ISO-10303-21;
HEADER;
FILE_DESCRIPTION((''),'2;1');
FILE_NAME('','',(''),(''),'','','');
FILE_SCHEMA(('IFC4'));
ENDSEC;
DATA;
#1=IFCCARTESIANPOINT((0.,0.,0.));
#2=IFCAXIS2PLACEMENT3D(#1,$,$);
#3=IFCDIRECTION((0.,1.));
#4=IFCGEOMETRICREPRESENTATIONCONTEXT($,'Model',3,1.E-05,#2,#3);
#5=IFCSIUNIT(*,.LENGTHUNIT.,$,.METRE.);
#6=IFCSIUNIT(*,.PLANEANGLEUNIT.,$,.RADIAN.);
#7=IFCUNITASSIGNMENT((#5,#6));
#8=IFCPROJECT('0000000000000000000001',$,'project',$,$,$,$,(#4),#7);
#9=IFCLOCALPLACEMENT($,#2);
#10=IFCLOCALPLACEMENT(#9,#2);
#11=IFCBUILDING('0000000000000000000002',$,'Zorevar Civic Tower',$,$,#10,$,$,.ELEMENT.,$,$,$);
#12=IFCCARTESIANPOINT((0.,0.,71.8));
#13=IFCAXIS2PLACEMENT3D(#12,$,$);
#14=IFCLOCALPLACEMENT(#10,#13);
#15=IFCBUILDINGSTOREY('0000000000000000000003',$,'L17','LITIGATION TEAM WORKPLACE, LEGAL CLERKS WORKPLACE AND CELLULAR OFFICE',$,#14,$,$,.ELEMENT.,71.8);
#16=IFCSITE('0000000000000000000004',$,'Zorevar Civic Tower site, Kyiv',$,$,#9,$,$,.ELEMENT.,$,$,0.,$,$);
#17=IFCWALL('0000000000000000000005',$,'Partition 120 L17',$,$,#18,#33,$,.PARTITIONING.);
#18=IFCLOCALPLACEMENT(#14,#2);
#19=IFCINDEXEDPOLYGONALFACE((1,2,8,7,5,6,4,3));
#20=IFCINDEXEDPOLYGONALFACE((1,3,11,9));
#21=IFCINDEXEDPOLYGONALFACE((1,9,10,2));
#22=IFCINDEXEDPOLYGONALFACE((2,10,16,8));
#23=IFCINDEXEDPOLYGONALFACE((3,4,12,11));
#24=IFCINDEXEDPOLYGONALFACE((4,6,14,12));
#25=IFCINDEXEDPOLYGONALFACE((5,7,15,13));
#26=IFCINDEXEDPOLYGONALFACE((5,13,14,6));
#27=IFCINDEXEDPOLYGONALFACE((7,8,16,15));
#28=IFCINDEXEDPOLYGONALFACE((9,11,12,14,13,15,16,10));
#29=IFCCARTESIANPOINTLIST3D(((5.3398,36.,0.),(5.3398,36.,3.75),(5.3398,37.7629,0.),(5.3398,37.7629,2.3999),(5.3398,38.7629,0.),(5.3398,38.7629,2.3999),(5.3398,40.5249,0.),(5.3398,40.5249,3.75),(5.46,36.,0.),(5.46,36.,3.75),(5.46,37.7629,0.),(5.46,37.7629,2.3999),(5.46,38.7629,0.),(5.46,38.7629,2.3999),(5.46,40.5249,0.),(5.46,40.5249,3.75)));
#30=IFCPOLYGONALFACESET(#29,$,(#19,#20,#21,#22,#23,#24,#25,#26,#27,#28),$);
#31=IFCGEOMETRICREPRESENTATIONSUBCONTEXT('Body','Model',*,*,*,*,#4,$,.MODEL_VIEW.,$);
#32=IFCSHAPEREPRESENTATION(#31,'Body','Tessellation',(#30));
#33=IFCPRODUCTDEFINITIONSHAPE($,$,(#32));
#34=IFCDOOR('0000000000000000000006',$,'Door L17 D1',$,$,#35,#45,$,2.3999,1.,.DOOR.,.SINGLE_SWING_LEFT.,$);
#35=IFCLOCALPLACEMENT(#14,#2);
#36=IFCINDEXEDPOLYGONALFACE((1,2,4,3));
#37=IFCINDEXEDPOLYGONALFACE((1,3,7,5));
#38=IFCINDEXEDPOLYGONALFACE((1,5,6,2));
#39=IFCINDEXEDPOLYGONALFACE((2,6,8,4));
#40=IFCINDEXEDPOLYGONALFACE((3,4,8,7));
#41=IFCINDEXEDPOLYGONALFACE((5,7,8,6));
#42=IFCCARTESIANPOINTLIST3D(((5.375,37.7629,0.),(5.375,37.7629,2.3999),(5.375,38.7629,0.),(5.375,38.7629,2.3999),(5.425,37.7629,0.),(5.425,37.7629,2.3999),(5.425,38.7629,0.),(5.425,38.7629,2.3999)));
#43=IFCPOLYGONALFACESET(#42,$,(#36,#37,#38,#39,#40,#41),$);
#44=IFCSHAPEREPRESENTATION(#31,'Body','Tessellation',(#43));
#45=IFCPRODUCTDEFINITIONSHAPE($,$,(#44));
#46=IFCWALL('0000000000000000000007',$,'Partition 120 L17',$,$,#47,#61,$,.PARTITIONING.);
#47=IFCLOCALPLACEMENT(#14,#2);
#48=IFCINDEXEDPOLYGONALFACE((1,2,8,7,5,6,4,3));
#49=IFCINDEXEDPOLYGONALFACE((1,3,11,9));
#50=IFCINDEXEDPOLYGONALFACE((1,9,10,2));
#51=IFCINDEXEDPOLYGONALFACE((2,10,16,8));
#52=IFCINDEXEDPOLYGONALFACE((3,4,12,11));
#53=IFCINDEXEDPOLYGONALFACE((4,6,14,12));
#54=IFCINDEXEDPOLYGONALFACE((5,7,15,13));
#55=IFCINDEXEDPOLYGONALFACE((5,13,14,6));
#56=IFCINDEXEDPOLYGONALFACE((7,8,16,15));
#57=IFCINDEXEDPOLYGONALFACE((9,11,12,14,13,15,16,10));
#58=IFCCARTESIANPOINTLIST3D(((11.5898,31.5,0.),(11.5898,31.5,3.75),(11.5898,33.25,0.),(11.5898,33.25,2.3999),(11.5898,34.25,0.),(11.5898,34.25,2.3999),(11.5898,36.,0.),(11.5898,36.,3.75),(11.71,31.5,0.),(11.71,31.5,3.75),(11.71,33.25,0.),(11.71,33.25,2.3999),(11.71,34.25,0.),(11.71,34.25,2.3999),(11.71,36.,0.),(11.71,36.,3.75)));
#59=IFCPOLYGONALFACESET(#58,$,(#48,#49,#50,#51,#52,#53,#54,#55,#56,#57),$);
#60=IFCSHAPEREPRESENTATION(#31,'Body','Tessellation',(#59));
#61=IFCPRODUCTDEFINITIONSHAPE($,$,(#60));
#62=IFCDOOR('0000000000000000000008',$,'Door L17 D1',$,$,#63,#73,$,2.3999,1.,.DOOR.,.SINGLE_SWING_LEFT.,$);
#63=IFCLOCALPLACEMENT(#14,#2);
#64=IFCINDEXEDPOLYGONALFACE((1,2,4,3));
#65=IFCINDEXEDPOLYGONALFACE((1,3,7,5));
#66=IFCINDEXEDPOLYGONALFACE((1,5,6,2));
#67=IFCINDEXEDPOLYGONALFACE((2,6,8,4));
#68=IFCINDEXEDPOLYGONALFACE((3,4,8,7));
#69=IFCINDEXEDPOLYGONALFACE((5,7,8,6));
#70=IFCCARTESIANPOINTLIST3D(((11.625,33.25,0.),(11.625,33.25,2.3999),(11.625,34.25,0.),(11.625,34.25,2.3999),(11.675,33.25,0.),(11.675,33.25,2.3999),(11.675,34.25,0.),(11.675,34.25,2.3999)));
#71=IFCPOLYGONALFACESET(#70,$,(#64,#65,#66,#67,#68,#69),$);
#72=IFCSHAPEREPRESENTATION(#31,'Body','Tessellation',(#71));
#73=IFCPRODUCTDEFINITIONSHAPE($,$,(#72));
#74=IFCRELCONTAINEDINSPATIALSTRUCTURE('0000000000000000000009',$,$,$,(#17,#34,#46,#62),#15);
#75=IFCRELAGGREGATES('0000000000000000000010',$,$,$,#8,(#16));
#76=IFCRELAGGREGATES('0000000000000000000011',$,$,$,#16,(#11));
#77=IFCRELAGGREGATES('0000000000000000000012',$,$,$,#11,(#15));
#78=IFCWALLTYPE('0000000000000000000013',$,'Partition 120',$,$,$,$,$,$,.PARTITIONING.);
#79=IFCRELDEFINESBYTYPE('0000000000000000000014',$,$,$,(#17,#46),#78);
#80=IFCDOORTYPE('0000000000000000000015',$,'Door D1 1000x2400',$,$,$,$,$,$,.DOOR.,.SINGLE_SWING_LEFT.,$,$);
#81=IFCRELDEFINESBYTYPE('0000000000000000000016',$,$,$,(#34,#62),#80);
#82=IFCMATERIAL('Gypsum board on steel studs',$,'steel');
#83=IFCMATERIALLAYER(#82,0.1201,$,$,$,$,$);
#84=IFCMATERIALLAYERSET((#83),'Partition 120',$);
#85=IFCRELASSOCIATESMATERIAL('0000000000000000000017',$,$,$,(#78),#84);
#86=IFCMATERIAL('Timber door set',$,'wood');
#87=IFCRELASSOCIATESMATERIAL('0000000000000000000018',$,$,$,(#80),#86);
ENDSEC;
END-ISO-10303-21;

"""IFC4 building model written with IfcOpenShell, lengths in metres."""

from ifc_helpers import new_model, si_unit, direction, frame, frame_2d, origin, place, context, subcontext, project, spatial, rectangle, extrude, material, layer, layer_set, type_object, element, fill, save


model = new_model("IFC4")

# Units and contexts
model_context = context("Model", 3, precision=1e-05, world=origin(), true_north=direction((0.0, 1.0)))
body_context = subcontext(model_context, "Body", "Model", "MODEL_VIEW")
ifc_project = project(units=[si_unit("LENGTHUNIT", "METRE"), si_unit("PLANEANGLEUNIT", "RADIAN")], contexts=[model_context])

# Site, building, storey
site_placement = place(None, origin())
site = spatial("IfcSite", under=ifc_project, at=site_placement, Name="Zorevar Civic Tower site, Kyiv", CompositionType="ELEMENT", RefElevation=0.0)
building_placement = place(site_placement, origin())
building = spatial("IfcBuilding", under=site, at=building_placement, Name="Zorevar Civic Tower", CompositionType="ELEMENT")
storey_placement = place(building_placement, frame((0.0, 0.0, 71.8)))
storey = spatial("IfcBuildingStorey", under=building, at=storey_placement, Name="L17", Description="LITIGATION TEAM WORKPLACE, LEGAL CLERKS WORKPLACE AND CELLULAR OFFICE", CompositionType="ELEMENT", Elevation=71.8)

# Shared definitions
ifc_material_1 = material(Name="Gypsum board on steel studs", Category="steel")
ifc_layer_1 = layer(ifc_material_1, 0.1201)
ifc_layer_set_1 = layer_set([ifc_layer_1], Name="Partition 120")
wall_type_1 = type_object("IfcWallType", Name="Partition 120", PredefinedType="PARTITIONING", material=ifc_layer_set_1)

# Walls, openings, doors
wall_1_placement = place(storey_placement, frame((5.3999, 36.0, 0.0), z_axis=(0.0, 0.0, 1.0), x_axis=(0.0, 1.0, 0.0)))
wall_1 = element("IfcWall", 1, at=wall_1_placement, inside=storey, type_object=wall_type_1, Name="Partition 120 L17", PredefinedType="PARTITIONING", context=body_context, shape_type="SweptSolid", body=[
    extrude(rectangle(XDim=4.5249, YDim=0.1201, at=frame_2d((2.2625, 0.0))), origin(), (0.0, 0.0, 1.0), 3.75),
])
opening_1_placement = place(wall_1_placement, frame((1.7629, 0.0, 0.0)))
opening_1 = element("IfcOpeningElement", 2, at=opening_1_placement, cuts=wall_1, PredefinedType="OPENING", context=body_context, shape_type="SweptSolid", body=[
    extrude(rectangle(XDim=1.0, YDim=2.3999, at=frame_2d((0.5, 1.2))), frame((0.0, 0.0701, 0.0), z_axis=(0.0, -1.0, 0.0), x_axis=(1.0, 0.0, 0.0)), (0.0, 0.0, 1.0), 0.1401),
])
ifc_material_2 = material(Name="Timber door set", Category="wood")
door_type = type_object("IfcDoorType", Name="Door D1 1000x2400", OperationType="SINGLE_SWING_LEFT", PredefinedType="DOOR", material=ifc_material_2)
door_1_placement = place(opening_1_placement, origin())
door_1 = element("IfcDoor", 3, at=door_1_placement, inside=storey, type_object=door_type, Name="Door L17 D1", OperationType="SINGLE_SWING_LEFT", OverallHeight=2.3999, OverallWidth=1.0, PredefinedType="DOOR", context=body_context, shape_type="SweptSolid", body=[
    extrude(rectangle(XDim=1.0, YDim=2.3999, at=frame_2d((0.5, 1.2))), frame((0.0, 0.0249, 0.0), z_axis=(0.0, -1.0, 0.0), x_axis=(1.0, 0.0, 0.0)), (0.0, 0.0, 1.0), 0.05),
])
fill(opening_1, door_1)
wall_2_placement = place(storey_placement, frame((11.6499, 31.5, 0.0), z_axis=(0.0, 0.0, 1.0), x_axis=(0.0, 1.0, 0.0)))
wall_2 = element("IfcWall", 4, at=wall_2_placement, inside=storey, type_object=wall_type_1, Name="Partition 120 L17", PredefinedType="PARTITIONING", context=body_context, shape_type="SweptSolid", body=[
    extrude(rectangle(XDim=4.5, YDim=0.1201, at=frame_2d((2.25, 0.0))), origin(), (0.0, 0.0, 1.0), 3.75),
])
opening_2_placement = place(wall_2_placement, frame((1.75, 0.0, 0.0)))
opening_2 = element("IfcOpeningElement", 5, at=opening_2_placement, cuts=wall_2, PredefinedType="OPENING", context=body_context, shape_type="SweptSolid", body=[
    extrude(rectangle(XDim=1.0, YDim=2.3999, at=frame_2d((0.5, 1.2))), frame((0.0, 0.0701, 0.0), z_axis=(0.0, -1.0, 0.0), x_axis=(1.0, 0.0, 0.0)), (0.0, 0.0, 1.0), 0.1401),
])
door_2_placement = place(opening_2_placement, origin())
door_2 = element("IfcDoor", 6, at=door_2_placement, inside=storey, type_object=door_type, Name="Door L17 D1", OperationType="SINGLE_SWING_LEFT", OverallHeight=2.3999, OverallWidth=1.0, PredefinedType="DOOR", context=body_context, shape_type="SweptSolid", body=[
    extrude(rectangle(XDim=1.0, YDim=2.3999, at=frame_2d((0.5, 1.2))), frame((0.0, 0.0249, 0.0), z_axis=(0.0, -1.0, 0.0), x_axis=(1.0, 0.0, 0.0)), (0.0, 0.0, 1.0), 0.05),
])
fill(opening_2, door_2)

save(model, "model.ifc")
